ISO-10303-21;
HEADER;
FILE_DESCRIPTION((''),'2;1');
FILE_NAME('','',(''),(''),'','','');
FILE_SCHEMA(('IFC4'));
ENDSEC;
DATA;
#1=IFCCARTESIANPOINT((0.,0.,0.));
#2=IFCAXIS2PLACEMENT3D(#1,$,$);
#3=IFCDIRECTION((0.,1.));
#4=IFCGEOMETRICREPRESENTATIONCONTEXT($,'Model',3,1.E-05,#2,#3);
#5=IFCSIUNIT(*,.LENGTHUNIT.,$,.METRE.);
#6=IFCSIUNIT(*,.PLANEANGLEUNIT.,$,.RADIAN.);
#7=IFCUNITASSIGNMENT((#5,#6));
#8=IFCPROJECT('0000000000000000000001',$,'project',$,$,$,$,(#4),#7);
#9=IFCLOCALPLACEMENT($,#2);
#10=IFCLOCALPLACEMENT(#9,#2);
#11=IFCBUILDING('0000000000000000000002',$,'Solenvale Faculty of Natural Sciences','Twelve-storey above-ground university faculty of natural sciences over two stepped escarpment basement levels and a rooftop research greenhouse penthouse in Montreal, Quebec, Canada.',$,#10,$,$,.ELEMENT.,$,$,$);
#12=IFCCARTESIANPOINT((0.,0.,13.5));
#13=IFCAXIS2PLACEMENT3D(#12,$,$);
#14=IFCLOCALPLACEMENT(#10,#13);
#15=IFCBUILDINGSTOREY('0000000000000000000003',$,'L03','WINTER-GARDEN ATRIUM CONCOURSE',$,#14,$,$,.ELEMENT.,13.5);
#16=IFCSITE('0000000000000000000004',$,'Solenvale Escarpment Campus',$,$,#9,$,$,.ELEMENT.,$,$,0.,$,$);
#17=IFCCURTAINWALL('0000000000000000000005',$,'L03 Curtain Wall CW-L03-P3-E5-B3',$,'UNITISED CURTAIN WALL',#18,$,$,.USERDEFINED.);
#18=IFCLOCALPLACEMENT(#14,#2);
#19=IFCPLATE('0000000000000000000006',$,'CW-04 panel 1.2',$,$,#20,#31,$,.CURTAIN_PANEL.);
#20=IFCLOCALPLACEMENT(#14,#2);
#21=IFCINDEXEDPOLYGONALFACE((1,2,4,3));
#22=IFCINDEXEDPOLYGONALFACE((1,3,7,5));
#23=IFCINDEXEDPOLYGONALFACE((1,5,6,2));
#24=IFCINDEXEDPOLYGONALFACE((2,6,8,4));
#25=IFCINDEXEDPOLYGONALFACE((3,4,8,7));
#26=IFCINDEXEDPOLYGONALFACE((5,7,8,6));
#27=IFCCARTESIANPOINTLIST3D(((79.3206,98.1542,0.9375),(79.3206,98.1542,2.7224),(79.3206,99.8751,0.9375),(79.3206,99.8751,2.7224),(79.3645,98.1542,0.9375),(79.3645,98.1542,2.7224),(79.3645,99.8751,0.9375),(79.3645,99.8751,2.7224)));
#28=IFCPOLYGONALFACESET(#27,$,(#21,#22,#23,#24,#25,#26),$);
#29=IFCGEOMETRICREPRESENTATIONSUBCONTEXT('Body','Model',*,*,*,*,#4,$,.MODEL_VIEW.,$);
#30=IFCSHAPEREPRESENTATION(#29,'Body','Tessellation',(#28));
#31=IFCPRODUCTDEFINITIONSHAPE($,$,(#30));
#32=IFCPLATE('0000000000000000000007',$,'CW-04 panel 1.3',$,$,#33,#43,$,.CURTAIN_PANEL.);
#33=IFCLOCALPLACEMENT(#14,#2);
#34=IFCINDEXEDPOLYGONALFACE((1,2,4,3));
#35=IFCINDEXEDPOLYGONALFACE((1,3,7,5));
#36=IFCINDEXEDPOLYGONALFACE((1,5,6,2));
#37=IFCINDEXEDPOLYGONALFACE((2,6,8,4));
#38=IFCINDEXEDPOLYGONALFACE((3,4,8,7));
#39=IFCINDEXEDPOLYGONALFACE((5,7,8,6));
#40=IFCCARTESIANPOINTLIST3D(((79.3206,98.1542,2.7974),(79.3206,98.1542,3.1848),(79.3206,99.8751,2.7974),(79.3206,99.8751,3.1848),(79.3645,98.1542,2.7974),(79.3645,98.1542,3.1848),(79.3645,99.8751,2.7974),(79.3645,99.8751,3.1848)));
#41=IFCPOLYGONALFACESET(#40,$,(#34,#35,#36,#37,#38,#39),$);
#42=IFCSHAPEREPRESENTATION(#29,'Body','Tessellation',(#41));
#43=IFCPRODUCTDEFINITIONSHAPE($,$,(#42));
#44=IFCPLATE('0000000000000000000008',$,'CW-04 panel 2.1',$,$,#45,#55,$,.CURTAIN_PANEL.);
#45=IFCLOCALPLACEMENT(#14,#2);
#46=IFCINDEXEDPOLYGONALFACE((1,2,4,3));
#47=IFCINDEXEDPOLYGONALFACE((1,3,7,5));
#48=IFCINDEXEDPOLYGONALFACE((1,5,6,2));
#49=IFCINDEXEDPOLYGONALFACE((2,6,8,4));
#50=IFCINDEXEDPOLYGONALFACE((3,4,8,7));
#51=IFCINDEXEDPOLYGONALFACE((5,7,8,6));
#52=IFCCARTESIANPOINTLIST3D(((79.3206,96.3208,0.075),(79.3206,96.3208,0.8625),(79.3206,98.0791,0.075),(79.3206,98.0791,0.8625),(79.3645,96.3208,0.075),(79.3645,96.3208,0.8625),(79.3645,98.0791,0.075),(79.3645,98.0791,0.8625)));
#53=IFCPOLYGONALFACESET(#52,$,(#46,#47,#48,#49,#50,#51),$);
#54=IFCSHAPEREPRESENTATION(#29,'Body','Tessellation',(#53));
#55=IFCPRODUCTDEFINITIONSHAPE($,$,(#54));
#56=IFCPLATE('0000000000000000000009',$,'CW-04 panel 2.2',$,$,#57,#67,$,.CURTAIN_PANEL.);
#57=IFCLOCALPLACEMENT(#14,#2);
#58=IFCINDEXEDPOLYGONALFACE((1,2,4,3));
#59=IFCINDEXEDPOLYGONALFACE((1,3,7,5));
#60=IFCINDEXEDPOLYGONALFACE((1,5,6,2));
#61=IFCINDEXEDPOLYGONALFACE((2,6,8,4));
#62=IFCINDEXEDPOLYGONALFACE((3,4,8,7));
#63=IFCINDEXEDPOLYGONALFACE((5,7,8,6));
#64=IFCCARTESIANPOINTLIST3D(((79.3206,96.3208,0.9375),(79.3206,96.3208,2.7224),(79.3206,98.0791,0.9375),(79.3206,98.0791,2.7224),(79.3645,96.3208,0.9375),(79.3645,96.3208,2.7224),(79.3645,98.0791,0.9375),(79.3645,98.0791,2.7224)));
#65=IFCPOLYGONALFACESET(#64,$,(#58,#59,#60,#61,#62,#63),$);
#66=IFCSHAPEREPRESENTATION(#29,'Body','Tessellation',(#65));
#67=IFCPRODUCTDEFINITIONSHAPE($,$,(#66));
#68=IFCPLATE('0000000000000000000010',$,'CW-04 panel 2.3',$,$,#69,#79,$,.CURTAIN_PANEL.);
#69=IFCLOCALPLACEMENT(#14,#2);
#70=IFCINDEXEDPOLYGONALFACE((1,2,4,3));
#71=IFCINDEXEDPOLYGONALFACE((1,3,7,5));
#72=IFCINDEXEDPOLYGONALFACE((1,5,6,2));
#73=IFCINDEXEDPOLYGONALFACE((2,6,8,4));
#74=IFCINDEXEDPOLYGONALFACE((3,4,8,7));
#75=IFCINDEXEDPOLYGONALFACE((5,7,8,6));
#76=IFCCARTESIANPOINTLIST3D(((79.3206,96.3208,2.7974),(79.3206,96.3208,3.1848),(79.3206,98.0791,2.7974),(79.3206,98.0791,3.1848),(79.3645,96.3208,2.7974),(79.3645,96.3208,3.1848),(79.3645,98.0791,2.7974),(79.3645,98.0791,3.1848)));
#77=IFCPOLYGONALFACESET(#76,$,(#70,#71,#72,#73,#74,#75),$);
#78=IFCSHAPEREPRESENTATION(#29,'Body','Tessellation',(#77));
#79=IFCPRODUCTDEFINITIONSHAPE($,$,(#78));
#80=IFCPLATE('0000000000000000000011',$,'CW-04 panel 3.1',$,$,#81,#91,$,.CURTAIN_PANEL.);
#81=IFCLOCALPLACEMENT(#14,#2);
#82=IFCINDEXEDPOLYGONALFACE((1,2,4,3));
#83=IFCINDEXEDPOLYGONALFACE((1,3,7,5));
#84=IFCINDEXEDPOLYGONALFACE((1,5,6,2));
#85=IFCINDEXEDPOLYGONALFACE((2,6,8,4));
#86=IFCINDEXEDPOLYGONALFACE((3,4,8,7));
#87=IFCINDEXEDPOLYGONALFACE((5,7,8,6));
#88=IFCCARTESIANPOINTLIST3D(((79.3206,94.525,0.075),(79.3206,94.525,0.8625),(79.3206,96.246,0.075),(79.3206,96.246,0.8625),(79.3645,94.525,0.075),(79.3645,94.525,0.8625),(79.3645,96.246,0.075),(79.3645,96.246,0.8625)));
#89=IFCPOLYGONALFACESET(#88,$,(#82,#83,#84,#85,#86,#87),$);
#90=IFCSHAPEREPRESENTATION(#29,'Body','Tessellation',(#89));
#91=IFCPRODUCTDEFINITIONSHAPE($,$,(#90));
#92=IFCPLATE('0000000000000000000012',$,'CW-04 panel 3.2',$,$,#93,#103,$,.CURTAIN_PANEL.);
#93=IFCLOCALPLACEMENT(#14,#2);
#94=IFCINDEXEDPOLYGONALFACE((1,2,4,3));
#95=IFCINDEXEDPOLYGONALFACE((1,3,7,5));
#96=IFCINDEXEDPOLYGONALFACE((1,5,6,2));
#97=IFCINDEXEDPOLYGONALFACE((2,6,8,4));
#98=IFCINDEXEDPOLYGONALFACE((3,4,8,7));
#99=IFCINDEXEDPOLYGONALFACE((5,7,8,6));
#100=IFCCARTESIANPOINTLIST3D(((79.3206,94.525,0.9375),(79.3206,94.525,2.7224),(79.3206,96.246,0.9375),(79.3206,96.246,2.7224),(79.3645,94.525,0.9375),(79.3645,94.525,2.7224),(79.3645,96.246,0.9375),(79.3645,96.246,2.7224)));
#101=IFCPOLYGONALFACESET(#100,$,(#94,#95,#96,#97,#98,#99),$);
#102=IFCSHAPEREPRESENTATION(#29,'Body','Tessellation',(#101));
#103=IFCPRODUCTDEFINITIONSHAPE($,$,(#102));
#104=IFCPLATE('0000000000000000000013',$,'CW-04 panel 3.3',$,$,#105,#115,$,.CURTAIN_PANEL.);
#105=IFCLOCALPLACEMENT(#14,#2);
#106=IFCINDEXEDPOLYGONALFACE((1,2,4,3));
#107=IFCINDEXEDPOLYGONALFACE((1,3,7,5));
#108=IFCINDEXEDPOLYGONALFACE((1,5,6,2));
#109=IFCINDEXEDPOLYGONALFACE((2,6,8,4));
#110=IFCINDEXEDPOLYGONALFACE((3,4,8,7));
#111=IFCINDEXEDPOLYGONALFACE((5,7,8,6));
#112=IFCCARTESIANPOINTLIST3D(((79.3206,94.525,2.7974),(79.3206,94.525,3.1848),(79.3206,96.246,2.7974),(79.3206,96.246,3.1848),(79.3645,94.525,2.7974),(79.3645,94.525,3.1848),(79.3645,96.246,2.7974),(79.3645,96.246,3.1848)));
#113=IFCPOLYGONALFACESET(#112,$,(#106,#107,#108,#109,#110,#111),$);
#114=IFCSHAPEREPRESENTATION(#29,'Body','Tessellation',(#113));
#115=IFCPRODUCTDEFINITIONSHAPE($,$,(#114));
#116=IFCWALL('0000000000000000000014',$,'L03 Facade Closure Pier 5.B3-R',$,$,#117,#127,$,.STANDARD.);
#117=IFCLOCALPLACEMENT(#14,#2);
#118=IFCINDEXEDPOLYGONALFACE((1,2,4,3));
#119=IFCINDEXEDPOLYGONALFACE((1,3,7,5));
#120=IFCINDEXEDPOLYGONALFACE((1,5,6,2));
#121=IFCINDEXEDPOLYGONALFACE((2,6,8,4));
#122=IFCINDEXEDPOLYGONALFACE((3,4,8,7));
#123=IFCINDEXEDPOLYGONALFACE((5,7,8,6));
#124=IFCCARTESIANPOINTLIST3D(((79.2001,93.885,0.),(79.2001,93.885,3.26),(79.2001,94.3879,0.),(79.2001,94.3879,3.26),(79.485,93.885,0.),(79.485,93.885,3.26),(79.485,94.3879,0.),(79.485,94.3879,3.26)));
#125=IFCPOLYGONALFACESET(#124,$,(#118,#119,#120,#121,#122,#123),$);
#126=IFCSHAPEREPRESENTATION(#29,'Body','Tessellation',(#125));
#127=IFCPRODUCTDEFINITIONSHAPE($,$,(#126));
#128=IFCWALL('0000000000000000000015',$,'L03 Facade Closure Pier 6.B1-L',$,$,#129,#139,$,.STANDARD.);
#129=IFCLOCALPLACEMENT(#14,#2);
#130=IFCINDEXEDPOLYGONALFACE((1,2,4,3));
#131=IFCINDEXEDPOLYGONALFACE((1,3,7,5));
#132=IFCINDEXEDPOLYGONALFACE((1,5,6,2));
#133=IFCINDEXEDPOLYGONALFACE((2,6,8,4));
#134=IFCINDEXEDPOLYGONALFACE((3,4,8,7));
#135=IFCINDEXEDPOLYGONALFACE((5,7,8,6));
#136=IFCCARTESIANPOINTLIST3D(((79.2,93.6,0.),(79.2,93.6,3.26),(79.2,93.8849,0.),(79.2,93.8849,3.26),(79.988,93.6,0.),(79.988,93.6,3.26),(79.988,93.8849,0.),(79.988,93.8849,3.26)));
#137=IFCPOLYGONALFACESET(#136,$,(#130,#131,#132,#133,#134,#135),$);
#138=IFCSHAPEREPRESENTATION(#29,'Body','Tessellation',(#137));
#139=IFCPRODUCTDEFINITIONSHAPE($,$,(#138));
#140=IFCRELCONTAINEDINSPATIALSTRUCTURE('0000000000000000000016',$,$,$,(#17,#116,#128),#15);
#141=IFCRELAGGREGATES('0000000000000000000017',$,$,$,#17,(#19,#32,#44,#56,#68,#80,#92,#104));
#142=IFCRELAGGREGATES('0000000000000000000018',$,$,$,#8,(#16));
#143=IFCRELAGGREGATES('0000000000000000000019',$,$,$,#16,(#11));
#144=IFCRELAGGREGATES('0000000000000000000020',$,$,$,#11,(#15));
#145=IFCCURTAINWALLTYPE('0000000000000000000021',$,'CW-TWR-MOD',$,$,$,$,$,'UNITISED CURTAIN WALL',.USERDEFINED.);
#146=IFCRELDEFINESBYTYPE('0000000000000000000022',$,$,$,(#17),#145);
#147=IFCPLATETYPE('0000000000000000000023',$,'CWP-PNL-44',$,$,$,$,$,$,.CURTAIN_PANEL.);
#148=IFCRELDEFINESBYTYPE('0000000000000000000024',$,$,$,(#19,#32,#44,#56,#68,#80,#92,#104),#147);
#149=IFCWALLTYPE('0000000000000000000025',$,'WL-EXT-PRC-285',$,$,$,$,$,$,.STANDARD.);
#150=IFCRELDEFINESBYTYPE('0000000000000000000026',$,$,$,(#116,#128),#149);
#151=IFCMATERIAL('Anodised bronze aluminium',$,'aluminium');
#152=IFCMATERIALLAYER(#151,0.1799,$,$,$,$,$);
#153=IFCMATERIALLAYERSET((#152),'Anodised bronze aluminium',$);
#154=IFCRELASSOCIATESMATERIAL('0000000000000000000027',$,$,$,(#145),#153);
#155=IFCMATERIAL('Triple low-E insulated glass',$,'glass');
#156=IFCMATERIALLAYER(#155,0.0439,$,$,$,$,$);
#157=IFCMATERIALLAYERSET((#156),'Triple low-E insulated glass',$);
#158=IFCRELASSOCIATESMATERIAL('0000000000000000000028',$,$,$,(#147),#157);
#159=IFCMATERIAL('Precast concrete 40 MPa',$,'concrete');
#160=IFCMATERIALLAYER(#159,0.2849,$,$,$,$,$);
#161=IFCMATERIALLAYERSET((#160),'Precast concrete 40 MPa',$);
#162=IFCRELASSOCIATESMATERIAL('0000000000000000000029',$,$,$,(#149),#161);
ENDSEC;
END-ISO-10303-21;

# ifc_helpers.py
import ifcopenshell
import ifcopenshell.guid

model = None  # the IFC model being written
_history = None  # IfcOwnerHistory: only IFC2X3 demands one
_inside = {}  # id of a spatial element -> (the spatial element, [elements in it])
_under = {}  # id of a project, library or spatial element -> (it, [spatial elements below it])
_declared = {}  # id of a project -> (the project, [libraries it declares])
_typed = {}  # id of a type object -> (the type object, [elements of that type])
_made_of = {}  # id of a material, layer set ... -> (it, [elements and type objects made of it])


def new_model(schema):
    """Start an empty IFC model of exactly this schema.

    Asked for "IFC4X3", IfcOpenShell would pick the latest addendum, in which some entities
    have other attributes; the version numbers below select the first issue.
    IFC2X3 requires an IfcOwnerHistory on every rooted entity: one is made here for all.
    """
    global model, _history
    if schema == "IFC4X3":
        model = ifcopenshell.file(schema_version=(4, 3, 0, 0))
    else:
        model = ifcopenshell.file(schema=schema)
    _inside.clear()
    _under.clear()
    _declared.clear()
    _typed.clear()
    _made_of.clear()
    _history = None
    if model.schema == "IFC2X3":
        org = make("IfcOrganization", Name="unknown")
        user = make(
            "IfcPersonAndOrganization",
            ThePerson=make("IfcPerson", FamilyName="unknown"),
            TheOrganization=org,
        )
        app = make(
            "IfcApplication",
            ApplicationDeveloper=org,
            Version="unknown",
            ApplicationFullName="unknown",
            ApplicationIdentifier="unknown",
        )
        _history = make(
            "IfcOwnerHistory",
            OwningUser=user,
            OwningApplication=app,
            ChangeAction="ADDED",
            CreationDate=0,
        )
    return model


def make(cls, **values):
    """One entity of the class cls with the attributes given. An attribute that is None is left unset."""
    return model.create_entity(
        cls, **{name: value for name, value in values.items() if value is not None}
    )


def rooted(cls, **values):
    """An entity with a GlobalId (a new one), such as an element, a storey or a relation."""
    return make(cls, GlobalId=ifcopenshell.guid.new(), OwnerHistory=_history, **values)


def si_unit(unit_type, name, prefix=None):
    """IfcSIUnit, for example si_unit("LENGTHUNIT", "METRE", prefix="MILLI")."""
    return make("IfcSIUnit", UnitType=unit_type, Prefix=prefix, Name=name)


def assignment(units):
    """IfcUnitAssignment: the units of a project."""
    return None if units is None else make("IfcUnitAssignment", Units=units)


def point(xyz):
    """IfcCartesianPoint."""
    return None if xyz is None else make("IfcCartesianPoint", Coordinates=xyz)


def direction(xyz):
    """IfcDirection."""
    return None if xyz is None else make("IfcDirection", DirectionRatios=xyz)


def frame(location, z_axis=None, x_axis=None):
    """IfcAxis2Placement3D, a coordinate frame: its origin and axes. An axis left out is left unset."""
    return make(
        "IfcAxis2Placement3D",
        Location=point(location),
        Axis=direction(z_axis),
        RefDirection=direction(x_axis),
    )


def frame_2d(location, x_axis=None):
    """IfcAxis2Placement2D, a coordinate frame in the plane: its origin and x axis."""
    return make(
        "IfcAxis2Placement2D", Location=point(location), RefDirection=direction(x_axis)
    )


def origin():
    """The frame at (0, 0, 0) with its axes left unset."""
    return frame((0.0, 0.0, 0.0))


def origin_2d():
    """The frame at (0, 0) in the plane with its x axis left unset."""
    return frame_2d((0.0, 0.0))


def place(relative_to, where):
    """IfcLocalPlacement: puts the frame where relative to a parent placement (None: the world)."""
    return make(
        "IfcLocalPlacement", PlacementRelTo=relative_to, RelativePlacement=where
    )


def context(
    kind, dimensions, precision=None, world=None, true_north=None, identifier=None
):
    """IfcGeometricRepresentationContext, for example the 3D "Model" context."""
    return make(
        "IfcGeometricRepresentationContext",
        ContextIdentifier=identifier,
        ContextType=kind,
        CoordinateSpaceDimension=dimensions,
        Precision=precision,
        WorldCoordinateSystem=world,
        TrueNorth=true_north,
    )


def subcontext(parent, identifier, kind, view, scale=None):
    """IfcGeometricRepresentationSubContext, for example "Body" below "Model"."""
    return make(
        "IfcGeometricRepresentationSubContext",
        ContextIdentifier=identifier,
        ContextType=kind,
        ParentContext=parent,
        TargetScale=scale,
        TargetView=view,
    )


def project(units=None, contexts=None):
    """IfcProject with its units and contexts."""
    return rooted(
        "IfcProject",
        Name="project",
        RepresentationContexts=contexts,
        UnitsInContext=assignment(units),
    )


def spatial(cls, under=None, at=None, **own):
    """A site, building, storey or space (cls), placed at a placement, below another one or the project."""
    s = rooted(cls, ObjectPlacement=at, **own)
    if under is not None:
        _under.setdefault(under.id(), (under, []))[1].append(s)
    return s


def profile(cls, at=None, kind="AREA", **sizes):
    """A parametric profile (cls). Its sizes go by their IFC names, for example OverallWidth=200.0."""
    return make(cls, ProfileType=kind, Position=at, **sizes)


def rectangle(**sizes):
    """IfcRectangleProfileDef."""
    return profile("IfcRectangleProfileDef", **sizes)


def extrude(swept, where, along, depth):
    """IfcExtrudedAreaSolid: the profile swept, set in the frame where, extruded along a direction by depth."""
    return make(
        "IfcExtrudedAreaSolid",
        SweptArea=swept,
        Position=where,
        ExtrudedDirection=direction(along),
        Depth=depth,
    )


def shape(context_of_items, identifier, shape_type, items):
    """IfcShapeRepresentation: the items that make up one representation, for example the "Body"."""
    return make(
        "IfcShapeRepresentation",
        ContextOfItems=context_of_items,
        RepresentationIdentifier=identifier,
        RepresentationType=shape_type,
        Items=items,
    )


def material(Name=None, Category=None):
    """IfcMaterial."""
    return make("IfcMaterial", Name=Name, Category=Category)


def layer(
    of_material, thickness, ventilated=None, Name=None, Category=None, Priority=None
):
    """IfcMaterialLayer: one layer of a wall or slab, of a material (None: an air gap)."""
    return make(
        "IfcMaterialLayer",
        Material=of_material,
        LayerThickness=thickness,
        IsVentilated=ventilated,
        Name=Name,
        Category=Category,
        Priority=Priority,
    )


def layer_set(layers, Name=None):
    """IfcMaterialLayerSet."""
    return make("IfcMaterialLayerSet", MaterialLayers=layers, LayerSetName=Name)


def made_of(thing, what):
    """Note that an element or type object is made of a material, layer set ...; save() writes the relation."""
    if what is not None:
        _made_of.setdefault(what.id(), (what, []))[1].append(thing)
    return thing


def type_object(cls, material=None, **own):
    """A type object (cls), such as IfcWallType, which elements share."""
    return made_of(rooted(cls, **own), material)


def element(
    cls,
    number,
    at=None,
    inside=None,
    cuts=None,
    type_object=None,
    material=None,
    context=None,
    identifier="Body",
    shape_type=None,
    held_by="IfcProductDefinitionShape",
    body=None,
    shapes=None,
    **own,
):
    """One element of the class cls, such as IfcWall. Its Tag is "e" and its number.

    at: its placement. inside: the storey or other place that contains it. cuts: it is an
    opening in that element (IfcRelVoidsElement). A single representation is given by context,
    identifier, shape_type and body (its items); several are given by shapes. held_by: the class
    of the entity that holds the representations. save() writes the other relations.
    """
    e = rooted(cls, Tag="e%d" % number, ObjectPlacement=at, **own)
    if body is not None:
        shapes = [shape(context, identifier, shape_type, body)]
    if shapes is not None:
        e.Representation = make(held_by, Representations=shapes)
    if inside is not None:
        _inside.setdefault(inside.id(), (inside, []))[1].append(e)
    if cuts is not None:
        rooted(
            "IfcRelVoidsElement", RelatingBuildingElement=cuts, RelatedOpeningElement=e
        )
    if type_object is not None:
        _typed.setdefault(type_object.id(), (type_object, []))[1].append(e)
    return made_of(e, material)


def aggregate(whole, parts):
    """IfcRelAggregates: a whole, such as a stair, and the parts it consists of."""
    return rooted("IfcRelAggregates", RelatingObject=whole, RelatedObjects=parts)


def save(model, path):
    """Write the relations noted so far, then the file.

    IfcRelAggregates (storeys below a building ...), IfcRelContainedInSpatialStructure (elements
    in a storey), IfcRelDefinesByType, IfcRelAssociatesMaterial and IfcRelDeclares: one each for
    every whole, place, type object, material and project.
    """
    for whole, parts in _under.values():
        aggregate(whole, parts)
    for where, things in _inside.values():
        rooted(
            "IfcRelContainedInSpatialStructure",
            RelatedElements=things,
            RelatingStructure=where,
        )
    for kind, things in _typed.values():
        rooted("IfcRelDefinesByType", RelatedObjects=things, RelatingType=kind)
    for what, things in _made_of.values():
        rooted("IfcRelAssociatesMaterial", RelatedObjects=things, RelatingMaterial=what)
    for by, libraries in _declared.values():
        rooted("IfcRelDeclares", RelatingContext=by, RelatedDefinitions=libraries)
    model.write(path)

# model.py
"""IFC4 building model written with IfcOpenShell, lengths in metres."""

from ifc_helpers import new_model, si_unit, direction, frame, frame_2d, origin, origin_2d, place, context, subcontext, project, spatial, rectangle, extrude, material, layer, layer_set, type_object, element, aggregate, save


model = new_model("IFC4")

# Units and contexts
model_context = context("Model", 3, precision=1e-05, world=origin(), true_north=direction((0.0, 1.0)))
body_context = subcontext(model_context, "Body", "Model", "MODEL_VIEW")
ifc_project = project(units=[si_unit("LENGTHUNIT", "METRE"), si_unit("PLANEANGLEUNIT", "RADIAN")], contexts=[model_context])

# Site, building, storey
site_placement = place(None, origin())
site = spatial("IfcSite", under=ifc_project, at=site_placement, Name="Solenvale Escarpment Campus", CompositionType="ELEMENT", RefElevation=0.0)
building_placement = place(site_placement, origin())
building = spatial("IfcBuilding", under=site, at=building_placement, Name="Solenvale Faculty of Natural Sciences", Description="Twelve-storey above-ground university faculty of natural sciences over two stepped escarpment basement levels and a rooftop research greenhouse penthouse in Montreal, Quebec, Canada.", CompositionType="ELEMENT")
storey_placement = place(building_placement, frame((0.0, 0.0, 13.5)))
storey = spatial("IfcBuildingStorey", under=building, at=storey_placement, Name="L03", Description="WINTER-GARDEN ATRIUM CONCOURSE", CompositionType="ELEMENT", Elevation=13.5)

# Curtain wall, plates
ifc_material_1 = material(Name="Anodised bronze aluminium", Category="aluminium")
ifc_layer_1 = layer(ifc_material_1, 0.1799)
ifc_layer_set_1 = layer_set([ifc_layer_1], Name="Anodised bronze aluminium")
curtain_wall_type = type_object("IfcCurtainWallType", Name="CW-TWR-MOD", ElementType="UNITISED CURTAIN WALL", PredefinedType="USERDEFINED", material=ifc_layer_set_1)
curtain_wall_placement = place(storey_placement, origin())
curtain_wall = element("IfcCurtainWall", 1, at=curtain_wall_placement, inside=storey, type_object=curtain_wall_type, Name="L03 Curtain Wall CW-L03-P3-E5-B3", ObjectType="UNITISED CURTAIN WALL", PredefinedType="USERDEFINED")
ifc_material_2 = material(Name="Triple low-E insulated glass", Category="glass")
ifc_layer_2 = layer(ifc_material_2, 0.0439)
ifc_layer_set_2 = layer_set([ifc_layer_2], Name="Triple low-E insulated glass")
plate_type = type_object("IfcPlateType", Name="CWP-PNL-44", PredefinedType="CURTAIN_PANEL", material=ifc_layer_set_2)
plate_1_placement = place(storey_placement, frame((79.3425, 99.0146, 0.9375), z_axis=(0.0, 0.0, 1.0), x_axis=(0.0, -1.0, 0.0)))
plate_1 = element("IfcPlate", 2, at=plate_1_placement, type_object=plate_type, Name="CW-04 panel 1.2", PredefinedType="CURTAIN_PANEL", context=body_context, shape_type="SweptSolid", body=[
    extrude(rectangle(XDim=1.7209, YDim=0.0439, at=origin_2d()), origin(), (0.0, 0.0, 1.0), 1.7849),
])
plate_2_placement = place(storey_placement, frame((79.3425, 99.0146, 2.7974), z_axis=(0.0, 0.0, 1.0), x_axis=(0.0, -1.0, 0.0)))
plate_2 = element("IfcPlate", 3, at=plate_2_placement, type_object=plate_type, Name="CW-04 panel 1.3", PredefinedType="CURTAIN_PANEL", context=body_context, shape_type="SweptSolid", body=[
    extrude(rectangle(XDim=1.7209, YDim=0.0439, at=origin_2d()), origin(), (0.0, 0.0, 1.0), 0.3875),
])
plate_3_placement = place(storey_placement, frame((79.3425, 97.2, 0.075), z_axis=(0.0, 0.0, 1.0), x_axis=(0.0, -1.0, 0.0)))
plate_3 = element("IfcPlate", 4, at=plate_3_placement, type_object=plate_type, Name="CW-04 panel 2.1", PredefinedType="CURTAIN_PANEL", context=body_context, shape_type="SweptSolid", body=[
    extrude(rectangle(XDim=1.7583, YDim=0.0439, at=origin_2d()), origin(), (0.0, 0.0, 1.0), 0.7876),
])
plate_4_placement = place(storey_placement, frame((79.3425, 97.2, 0.9375), z_axis=(0.0, 0.0, 1.0), x_axis=(0.0, -1.0, 0.0)))
plate_4 = element("IfcPlate", 5, at=plate_4_placement, type_object=plate_type, Name="CW-04 panel 2.2", PredefinedType="CURTAIN_PANEL", context=body_context, shape_type="SweptSolid", body=[
    extrude(rectangle(XDim=1.7583, YDim=0.0439, at=origin_2d()), origin(), (0.0, 0.0, 1.0), 1.7849),
])
plate_5_placement = place(storey_placement, frame((79.3425, 97.2, 2.7974), z_axis=(0.0, 0.0, 1.0), x_axis=(0.0, -1.0, 0.0)))
plate_5 = element("IfcPlate", 6, at=plate_5_placement, type_object=plate_type, Name="CW-04 panel 2.3", PredefinedType="CURTAIN_PANEL", context=body_context, shape_type="SweptSolid", body=[
    extrude(rectangle(XDim=1.7583, YDim=0.0439, at=origin_2d()), origin(), (0.0, 0.0, 1.0), 0.3875),
])
plate_6_placement = place(storey_placement, frame((79.3425, 95.3855, 0.075), z_axis=(0.0, 0.0, 1.0), x_axis=(0.0, -1.0, 0.0)))
plate_6 = element("IfcPlate", 7, at=plate_6_placement, type_object=plate_type, Name="CW-04 panel 3.1", PredefinedType="CURTAIN_PANEL", context=body_context, shape_type="SweptSolid", body=[
    extrude(rectangle(XDim=1.7209, YDim=0.0439, at=origin_2d()), origin(), (0.0, 0.0, 1.0), 0.7876),
])
plate_7_placement = place(storey_placement, frame((79.3425, 95.3855, 0.9375), z_axis=(0.0, 0.0, 1.0), x_axis=(0.0, -1.0, 0.0)))
plate_7 = element("IfcPlate", 8, at=plate_7_placement, type_object=plate_type, Name="CW-04 panel 3.2", PredefinedType="CURTAIN_PANEL", context=body_context, shape_type="SweptSolid", body=[
    extrude(rectangle(XDim=1.7209, YDim=0.0439, at=origin_2d()), origin(), (0.0, 0.0, 1.0), 1.7849),
])
plate_8_placement = place(storey_placement, frame((79.3425, 95.3855, 2.7974), z_axis=(0.0, 0.0, 1.0), x_axis=(0.0, -1.0, 0.0)))
plate_8 = element("IfcPlate", 9, at=plate_8_placement, type_object=plate_type, Name="CW-04 panel 3.3", PredefinedType="CURTAIN_PANEL", context=body_context, shape_type="SweptSolid", body=[
    extrude(rectangle(XDim=1.7209, YDim=0.0439, at=origin_2d()), origin(), (0.0, 0.0, 1.0), 0.3875),
])
aggregate(curtain_wall, [plate_1, plate_2, plate_3, plate_4, plate_5, plate_6, plate_7, plate_8])

# Walls
ifc_material_3 = material(Name="Precast concrete 40 MPa", Category="concrete")
ifc_layer_3 = layer(ifc_material_3, 0.2849)
ifc_layer_set_3 = layer_set([ifc_layer_3], Name="Precast concrete 40 MPa")
wall_type = type_object("IfcWallType", Name="WL-EXT-PRC-285", PredefinedType="STANDARD", material=ifc_layer_set_3)
wall_1_placement = place(storey_placement, frame((79.3425, 94.3879, 0.0), z_axis=(0.0, 0.0, 1.0), x_axis=(0.0, -1.0, 0.0)))
element("IfcWall", 10, at=wall_1_placement, inside=storey, type_object=wall_type, Name="L03 Facade Closure Pier 5.B3-R", PredefinedType="STANDARD", context=body_context, shape_type="SweptSolid", body=[
    extrude(rectangle(XDim=0.5029, YDim=0.2849, at=frame_2d((0.2515, 0.0))), origin(), (0.0, 0.0, 1.0), 3.26),
])
wall_2_placement = place(storey_placement, frame((79.2, 93.7424, 0.0), z_axis=(0.0, 0.0, 1.0), x_axis=(1.0, 0.0, 0.0)))
element("IfcWall", 11, at=wall_2_placement, inside=storey, type_object=wall_type, Name="L03 Facade Closure Pier 6.B1-L", PredefinedType="STANDARD", context=body_context, shape_type="SweptSolid", body=[
    extrude(rectangle(XDim=0.7881, YDim=0.2849, at=frame_2d((0.394, 0.0))), origin(), (0.0, 0.0, 1.0), 3.26),
])

save(model, "model.ifc")
